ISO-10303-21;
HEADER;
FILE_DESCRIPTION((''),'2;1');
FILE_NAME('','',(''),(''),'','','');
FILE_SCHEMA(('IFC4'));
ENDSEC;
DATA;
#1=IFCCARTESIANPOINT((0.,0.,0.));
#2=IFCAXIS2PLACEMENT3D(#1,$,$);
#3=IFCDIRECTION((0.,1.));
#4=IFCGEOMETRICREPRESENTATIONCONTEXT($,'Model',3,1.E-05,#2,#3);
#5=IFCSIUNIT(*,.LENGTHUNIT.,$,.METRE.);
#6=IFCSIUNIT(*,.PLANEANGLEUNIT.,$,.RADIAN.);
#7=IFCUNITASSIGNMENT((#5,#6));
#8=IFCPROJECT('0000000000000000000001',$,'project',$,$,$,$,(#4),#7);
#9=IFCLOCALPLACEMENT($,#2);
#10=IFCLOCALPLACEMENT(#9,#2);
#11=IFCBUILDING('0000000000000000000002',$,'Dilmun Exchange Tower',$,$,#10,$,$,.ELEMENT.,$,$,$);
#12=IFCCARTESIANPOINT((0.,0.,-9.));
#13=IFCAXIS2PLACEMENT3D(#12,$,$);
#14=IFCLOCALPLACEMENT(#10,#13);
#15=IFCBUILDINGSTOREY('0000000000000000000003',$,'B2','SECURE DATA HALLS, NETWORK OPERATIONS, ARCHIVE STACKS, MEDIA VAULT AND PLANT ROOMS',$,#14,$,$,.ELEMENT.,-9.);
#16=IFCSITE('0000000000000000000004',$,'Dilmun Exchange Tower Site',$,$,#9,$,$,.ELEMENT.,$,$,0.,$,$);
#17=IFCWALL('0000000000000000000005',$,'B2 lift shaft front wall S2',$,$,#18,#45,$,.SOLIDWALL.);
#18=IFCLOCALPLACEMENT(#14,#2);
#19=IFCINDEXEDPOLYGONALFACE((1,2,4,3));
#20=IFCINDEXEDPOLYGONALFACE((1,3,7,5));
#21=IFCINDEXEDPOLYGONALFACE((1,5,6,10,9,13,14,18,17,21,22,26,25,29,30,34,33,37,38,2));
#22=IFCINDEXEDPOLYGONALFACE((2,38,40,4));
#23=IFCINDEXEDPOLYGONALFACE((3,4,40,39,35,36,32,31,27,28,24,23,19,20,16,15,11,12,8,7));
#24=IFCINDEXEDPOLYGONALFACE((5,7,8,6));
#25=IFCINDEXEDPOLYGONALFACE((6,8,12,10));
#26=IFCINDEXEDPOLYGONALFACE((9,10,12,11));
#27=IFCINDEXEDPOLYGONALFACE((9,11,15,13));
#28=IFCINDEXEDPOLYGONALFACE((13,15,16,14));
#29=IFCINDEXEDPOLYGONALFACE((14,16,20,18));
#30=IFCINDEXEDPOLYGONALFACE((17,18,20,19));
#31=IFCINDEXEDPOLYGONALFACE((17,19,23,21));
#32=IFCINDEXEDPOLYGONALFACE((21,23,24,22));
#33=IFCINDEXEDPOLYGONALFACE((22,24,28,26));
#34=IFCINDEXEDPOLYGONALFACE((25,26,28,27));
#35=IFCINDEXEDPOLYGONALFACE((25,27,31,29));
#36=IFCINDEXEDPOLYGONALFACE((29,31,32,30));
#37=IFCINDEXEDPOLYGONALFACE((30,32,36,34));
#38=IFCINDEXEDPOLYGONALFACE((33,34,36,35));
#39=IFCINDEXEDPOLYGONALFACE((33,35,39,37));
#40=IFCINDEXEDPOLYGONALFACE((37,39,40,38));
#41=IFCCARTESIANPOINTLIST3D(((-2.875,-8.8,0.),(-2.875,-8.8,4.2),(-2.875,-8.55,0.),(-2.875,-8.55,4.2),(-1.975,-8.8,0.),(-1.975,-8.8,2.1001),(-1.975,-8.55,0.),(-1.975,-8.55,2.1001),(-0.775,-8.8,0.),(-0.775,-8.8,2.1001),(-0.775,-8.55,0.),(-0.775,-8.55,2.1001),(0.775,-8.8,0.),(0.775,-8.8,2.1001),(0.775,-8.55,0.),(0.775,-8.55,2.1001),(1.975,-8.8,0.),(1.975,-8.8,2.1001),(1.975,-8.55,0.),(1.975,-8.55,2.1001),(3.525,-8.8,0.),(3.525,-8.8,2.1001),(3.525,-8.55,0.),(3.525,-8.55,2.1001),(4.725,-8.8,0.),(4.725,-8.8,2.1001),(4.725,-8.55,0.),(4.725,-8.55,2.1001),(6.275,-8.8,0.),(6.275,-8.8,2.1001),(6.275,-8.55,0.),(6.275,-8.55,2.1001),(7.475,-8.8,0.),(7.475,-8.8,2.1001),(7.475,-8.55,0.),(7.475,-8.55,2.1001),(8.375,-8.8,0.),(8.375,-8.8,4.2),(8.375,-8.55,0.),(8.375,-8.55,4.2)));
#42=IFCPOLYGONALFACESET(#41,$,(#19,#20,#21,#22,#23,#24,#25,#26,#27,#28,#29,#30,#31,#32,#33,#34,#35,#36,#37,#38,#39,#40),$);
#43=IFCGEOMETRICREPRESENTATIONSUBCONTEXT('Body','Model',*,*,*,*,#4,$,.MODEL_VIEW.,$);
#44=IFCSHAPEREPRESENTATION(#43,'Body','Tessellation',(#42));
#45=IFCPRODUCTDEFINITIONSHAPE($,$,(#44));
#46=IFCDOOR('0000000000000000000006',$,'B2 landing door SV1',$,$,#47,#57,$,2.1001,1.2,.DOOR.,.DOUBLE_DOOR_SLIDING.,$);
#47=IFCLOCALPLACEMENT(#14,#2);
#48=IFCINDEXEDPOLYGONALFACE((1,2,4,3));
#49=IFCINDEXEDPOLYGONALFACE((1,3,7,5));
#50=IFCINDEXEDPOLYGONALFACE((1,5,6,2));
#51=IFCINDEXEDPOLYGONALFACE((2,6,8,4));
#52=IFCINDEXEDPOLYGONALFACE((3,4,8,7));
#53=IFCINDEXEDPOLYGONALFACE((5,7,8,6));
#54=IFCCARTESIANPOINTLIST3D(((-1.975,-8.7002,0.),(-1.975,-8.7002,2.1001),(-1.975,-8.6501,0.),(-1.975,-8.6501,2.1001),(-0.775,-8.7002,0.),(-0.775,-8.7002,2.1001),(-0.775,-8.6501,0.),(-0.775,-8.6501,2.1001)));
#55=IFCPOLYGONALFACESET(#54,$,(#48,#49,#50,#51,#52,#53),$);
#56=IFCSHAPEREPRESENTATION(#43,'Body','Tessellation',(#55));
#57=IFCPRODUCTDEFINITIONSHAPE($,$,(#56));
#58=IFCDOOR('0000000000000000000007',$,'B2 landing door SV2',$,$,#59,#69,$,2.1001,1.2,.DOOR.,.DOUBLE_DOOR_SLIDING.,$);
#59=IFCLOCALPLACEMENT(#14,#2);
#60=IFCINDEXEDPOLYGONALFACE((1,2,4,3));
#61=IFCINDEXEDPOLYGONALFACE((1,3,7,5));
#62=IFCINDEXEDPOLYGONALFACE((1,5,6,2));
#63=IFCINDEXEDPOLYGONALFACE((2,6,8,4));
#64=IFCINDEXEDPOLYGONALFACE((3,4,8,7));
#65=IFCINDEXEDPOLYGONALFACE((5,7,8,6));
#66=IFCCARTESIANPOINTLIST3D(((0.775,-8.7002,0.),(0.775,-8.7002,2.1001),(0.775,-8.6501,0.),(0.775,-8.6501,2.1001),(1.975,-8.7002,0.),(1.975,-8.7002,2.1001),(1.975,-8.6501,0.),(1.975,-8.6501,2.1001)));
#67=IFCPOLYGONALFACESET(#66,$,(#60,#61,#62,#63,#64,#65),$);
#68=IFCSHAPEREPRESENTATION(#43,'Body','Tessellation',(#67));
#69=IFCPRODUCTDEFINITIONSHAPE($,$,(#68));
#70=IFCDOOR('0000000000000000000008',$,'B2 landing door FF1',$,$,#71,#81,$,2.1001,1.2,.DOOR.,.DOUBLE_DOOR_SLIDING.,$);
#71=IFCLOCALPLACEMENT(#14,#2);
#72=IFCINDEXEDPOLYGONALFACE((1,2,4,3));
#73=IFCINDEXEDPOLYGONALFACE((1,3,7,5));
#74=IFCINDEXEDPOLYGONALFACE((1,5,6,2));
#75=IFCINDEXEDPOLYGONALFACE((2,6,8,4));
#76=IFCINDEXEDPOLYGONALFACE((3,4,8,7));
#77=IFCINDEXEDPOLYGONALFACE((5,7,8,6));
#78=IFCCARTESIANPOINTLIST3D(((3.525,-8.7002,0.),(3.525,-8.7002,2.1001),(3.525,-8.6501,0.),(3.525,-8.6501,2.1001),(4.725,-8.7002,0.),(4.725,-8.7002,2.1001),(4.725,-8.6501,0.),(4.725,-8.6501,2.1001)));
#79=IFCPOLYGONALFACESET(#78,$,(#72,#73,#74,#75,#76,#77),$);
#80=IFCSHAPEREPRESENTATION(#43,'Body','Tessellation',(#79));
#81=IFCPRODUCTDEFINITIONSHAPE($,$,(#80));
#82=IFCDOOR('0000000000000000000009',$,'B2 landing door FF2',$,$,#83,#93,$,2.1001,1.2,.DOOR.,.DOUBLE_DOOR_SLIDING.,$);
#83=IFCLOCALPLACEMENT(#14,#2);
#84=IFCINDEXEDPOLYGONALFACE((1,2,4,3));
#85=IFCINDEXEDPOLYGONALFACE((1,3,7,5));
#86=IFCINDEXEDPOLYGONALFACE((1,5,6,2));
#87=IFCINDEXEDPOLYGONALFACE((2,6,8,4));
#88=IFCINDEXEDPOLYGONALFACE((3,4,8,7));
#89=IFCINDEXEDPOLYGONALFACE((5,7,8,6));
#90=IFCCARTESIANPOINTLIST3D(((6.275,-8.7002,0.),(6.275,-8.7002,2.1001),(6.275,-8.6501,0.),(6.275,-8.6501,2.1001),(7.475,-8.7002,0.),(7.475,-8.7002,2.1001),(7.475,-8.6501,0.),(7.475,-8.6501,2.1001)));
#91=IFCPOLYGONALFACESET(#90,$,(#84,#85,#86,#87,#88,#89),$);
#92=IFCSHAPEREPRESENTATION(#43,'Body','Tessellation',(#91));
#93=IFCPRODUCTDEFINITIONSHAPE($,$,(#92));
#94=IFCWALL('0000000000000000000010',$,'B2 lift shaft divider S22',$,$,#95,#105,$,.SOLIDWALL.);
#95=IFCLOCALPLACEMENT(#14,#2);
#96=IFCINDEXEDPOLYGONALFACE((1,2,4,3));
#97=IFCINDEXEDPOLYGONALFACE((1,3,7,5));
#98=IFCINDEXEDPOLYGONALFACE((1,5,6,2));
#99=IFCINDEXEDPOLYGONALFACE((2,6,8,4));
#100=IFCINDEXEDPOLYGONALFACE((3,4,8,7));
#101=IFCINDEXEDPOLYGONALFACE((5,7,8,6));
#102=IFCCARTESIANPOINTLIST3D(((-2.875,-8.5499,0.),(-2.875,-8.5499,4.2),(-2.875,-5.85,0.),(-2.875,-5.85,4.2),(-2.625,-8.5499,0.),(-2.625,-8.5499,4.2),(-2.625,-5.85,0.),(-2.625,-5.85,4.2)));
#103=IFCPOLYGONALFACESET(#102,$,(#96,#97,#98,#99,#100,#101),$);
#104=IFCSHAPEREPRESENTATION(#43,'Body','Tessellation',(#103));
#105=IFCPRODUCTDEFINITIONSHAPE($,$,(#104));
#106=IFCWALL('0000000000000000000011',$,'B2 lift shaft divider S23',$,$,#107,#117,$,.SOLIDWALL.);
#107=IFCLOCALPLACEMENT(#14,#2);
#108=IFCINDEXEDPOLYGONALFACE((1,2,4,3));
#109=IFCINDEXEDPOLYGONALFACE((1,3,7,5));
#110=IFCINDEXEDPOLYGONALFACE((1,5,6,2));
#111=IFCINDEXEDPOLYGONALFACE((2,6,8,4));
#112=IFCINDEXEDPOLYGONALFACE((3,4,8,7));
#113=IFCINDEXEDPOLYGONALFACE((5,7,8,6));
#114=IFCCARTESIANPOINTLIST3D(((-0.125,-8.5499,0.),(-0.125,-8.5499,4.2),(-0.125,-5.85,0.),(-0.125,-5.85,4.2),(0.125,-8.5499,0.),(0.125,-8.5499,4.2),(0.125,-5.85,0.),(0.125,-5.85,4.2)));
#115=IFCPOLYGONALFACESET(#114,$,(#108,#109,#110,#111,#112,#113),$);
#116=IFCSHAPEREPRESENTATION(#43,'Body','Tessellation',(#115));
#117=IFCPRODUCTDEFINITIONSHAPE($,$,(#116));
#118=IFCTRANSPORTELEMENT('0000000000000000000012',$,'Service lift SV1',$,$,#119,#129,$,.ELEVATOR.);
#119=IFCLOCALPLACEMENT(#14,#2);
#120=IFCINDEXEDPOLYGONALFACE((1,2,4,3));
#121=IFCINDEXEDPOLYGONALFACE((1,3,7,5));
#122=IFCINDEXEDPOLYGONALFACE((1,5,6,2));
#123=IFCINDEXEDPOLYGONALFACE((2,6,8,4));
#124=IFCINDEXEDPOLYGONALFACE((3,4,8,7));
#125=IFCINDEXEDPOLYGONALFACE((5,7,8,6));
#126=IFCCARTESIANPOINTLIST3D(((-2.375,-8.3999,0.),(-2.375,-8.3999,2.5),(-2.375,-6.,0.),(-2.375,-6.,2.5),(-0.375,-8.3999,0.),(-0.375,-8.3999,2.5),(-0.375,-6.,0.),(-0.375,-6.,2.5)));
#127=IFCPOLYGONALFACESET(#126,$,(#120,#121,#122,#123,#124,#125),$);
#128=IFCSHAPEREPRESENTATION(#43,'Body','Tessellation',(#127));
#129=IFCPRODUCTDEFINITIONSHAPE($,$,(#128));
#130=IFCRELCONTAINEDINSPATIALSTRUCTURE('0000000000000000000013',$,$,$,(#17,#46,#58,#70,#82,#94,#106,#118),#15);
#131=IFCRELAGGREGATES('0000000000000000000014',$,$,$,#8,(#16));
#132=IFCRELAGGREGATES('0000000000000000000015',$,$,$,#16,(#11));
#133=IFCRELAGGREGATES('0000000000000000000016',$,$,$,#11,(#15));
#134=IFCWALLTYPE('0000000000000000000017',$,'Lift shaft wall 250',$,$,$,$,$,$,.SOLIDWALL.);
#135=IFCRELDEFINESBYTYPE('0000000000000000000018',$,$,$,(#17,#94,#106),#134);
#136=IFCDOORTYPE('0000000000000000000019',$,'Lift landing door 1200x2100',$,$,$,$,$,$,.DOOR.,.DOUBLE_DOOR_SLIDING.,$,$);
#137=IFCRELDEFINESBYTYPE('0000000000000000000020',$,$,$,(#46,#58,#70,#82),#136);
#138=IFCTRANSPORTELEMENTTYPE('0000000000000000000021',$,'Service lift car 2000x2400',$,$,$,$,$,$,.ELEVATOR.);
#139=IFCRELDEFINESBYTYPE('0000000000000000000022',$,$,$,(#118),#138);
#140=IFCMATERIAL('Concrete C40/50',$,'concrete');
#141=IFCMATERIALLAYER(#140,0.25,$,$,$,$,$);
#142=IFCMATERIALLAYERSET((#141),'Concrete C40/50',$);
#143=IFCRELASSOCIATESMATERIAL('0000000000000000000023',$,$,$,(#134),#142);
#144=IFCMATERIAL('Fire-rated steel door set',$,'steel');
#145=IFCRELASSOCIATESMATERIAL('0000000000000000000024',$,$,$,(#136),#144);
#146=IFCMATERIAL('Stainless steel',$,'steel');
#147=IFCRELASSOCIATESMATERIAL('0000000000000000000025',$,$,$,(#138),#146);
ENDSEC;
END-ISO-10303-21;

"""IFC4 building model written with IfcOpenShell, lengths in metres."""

from ifc_helpers import new_model, si_unit, direction, frame, frame_2d, origin, origin_2d, place, context, subcontext, project, spatial, rectangle, extrude, material, layer, layer_set, type_object, element, fill, save


model = new_model("IFC4")

# Units and contexts
model_context = context("Model", 3, precision=1e-05, world=origin(), true_north=direction((0.0, 1.0)))
body_context = subcontext(model_context, "Body", "Model", "MODEL_VIEW")
ifc_project = project(units=[si_unit("LENGTHUNIT", "METRE"), si_unit("PLANEANGLEUNIT", "RADIAN")], contexts=[model_context])

# Site, building, storey
site_placement = place(None, origin())
site = spatial("IfcSite", under=ifc_project, at=site_placement, Name="Dilmun Exchange Tower Site", CompositionType="ELEMENT", RefElevation=0.0)
building_placement = place(site_placement, origin())
building = spatial("IfcBuilding", under=site, at=building_placement, Name="Dilmun Exchange Tower", CompositionType="ELEMENT")
storey_placement = place(building_placement, frame((0.0, 0.0, -9.0)))
storey = spatial("IfcBuildingStorey", under=building, at=storey_placement, Name="B2", Description="SECURE DATA HALLS, NETWORK OPERATIONS, ARCHIVE STACKS, MEDIA VAULT AND PLANT ROOMS", CompositionType="ELEMENT", Elevation=-9.0)

# Shared definitions
ifc_material_1 = material(Name="Concrete C40/50", Category="concrete")

# Shared definitions
ifc_material_2 = material(Name="Fire-rated steel door set", Category="steel")

# Wall, openings, doors
ifc_layer_1 = layer(ifc_material_1, 0.25)
ifc_layer_set_1 = layer_set([ifc_layer_1], Name="Concrete C40/50")
wall_type_1 = type_object("IfcWallType", Name="Lift shaft wall 250", PredefinedType="SOLIDWALL", material=ifc_layer_set_1)
wall_1_placement = place(storey_placement, frame((-2.875, -8.675, 0.0), z_axis=(0.0, 0.0, 1.0), x_axis=(1.0, 0.0, 0.0)))
wall_1 = element("IfcWall", 1, at=wall_1_placement, inside=storey, type_object=wall_type_1, Name="B2 lift shaft front wall S2", PredefinedType="SOLIDWALL", context=body_context, shape_type="SweptSolid", body=[
    extrude(rectangle(XDim=11.25, YDim=0.25, at=frame_2d((5.625, 0.0))), origin(), (0.0, 0.0, 1.0), 4.2),
])
opening_1_placement = place(wall_1_placement, frame((0.8999, 0.0, 0.0)))
opening_1 = element("IfcOpeningElement", 2, at=opening_1_placement, cuts=wall_1, PredefinedType="OPENING", context=body_context, shape_type="SweptSolid", body=[
    extrude(rectangle(XDim=1.2, YDim=2.1001, at=frame_2d((0.6001, 1.05))), frame((0.0, 0.135, 0.0), z_axis=(0.0, -1.0, 0.0), x_axis=(1.0, 0.0, 0.0)), (0.0, 0.0, 1.0), 0.27),
])
opening_2_placement = place(wall_1_placement, frame((3.6499, 0.0, 0.0)))
opening_2 = element("IfcOpeningElement", 3, at=opening_2_placement, cuts=wall_1, PredefinedType="OPENING", context=body_context, shape_type="SweptSolid", body=[
    extrude(rectangle(XDim=1.2, YDim=2.1001, at=frame_2d((0.6001, 1.05))), frame((0.0, 0.135, 0.0), z_axis=(0.0, -1.0, 0.0), x_axis=(1.0, 0.0, 0.0)), (0.0, 0.0, 1.0), 0.27),
])
opening_3_placement = place(wall_1_placement, frame((6.3999, 0.0, 0.0)))
opening_3 = element("IfcOpeningElement", 4, at=opening_3_placement, cuts=wall_1, PredefinedType="OPENING", context=body_context, shape_type="SweptSolid", body=[
    extrude(rectangle(XDim=1.2, YDim=2.1001, at=frame_2d((0.6001, 1.05))), frame((0.0, 0.135, 0.0), z_axis=(0.0, -1.0, 0.0), x_axis=(1.0, 0.0, 0.0)), (0.0, 0.0, 1.0), 0.27),
])
opening_4_placement = place(wall_1_placement, frame((9.1499, 0.0, 0.0)))
opening_4 = element("IfcOpeningElement", 5, at=opening_4_placement, cuts=wall_1, PredefinedType="OPENING", context=body_context, shape_type="SweptSolid", body=[
    extrude(rectangle(XDim=1.2, YDim=2.1001, at=frame_2d((0.6001, 1.05))), frame((0.0, 0.135, 0.0), z_axis=(0.0, -1.0, 0.0), x_axis=(1.0, 0.0, 0.0)), (0.0, 0.0, 1.0), 0.27),
])
door_type_1 = type_object("IfcDoorType", Name="Lift landing door 1200x2100", OperationType="DOUBLE_DOOR_SLIDING", PredefinedType="DOOR", material=ifc_material_2)
door_1_placement = place(opening_1_placement, origin())
door_1 = element("IfcDoor", 6, at=door_1_placement, inside=storey, type_object=door_type_1, Name="B2 landing door SV1", OperationType="DOUBLE_DOOR_SLIDING", OverallHeight=2.1001, OverallWidth=1.2, PredefinedType="DOOR", context=body_context, shape_type="SweptSolid", body=[
    extrude(rectangle(XDim=1.2, YDim=2.1001, at=frame_2d((0.6001, 1.05))), frame((0.0, 0.0249, 0.0), z_axis=(0.0, -1.0, 0.0), x_axis=(1.0, 0.0, 0.0)), (0.0, 0.0, 1.0), 0.05),
])
fill(opening_1, door_1)
door_2_placement = place(opening_2_placement, origin())
door_2 = element("IfcDoor", 7, at=door_2_placement, inside=storey, type_object=door_type_1, Name="B2 landing door SV2", OperationType="DOUBLE_DOOR_SLIDING", OverallHeight=2.1001, OverallWidth=1.2, PredefinedType="DOOR", context=body_context, shape_type="SweptSolid", body=[
    extrude(rectangle(XDim=1.2, YDim=2.1001, at=frame_2d((0.6001, 1.05))), frame((0.0, 0.0249, 0.0), z_axis=(0.0, -1.0, 0.0), x_axis=(1.0, 0.0, 0.0)), (0.0, 0.0, 1.0), 0.05),
])
fill(opening_2, door_2)
door_3_placement = place(opening_3_placement, origin())
door_3 = element("IfcDoor", 8, at=door_3_placement, inside=storey, type_object=door_type_1, Name="B2 landing door FF1", OperationType="DOUBLE_DOOR_SLIDING", OverallHeight=2.1001, OverallWidth=1.2, PredefinedType="DOOR", context=body_context, shape_type="SweptSolid", body=[
    extrude(rectangle(XDim=1.2, YDim=2.1001, at=frame_2d((0.6001, 1.05))), frame((0.0, 0.0249, 0.0), z_axis=(0.0, -1.0, 0.0), x_axis=(1.0, 0.0, 0.0)), (0.0, 0.0, 1.0), 0.05),
])
fill(opening_3, door_3)
door_4_placement = place(opening_4_placement, origin())
door_4 = element("IfcDoor", 9, at=door_4_placement, inside=storey, type_object=door_type_1, Name="B2 landing door FF2", OperationType="DOUBLE_DOOR_SLIDING", OverallHeight=2.1001, OverallWidth=1.2, PredefinedType="DOOR", context=body_context, shape_type="SweptSolid", body=[
    extrude(rectangle(XDim=1.2, YDim=2.1001, at=frame_2d((0.6001, 1.05))), frame((0.0, 0.0249, 0.0), z_axis=(0.0, -1.0, 0.0), x_axis=(1.0, 0.0, 0.0)), (0.0, 0.0, 1.0), 0.05),
])
fill(opening_4, door_4)

# Walls
for number, where, z_axis, x_axis, name in (
    (10, (-2.75, -8.55, 0.0), (0.0, 0.0, 1.0), (0.0, 1.0, 0.0), "B2 lift shaft divider S22"),
    (11, (0.0, -8.55, 0.0), (0.0, 0.0, 1.0), (0.0, 1.0, 0.0), "B2 lift shaft divider S23"),
):
    element("IfcWall", number, at=place(storey_placement, frame(where, z_axis=z_axis, x_axis=x_axis)), inside=storey, type_object=wall_type_1, Name=name, PredefinedType="SOLIDWALL", context=body_context, shape_type="SweptSolid", body=[
        extrude(rectangle(XDim=2.7, YDim=0.25, at=frame_2d((1.3501, 0.0))), origin(), (0.0, 0.0, 1.0), 4.2),
    ])

# Transport element
ifc_material_3 = material(Name="Stainless steel", Category="steel")
transport_element_type = type_object("IfcTransportElementType", Name="Service lift car 2000x2400", PredefinedType="ELEVATOR", material=ifc_material_3)
transport_element_placement = place(storey_placement, frame((-1.375, -7.2, 0.0), z_axis=(0.0, 0.0, 1.0), x_axis=(1.0, 0.0, 0.0)))
element("IfcTransportElement", 12, at=transport_element_placement, inside=storey, type_object=transport_element_type, Name="Service lift SV1", PredefinedType="ELEVATOR", context=body_context, shape_type="SweptSolid", body=[
    extrude(rectangle(XDim=2.0, YDim=2.3999, at=origin_2d()), origin(), (0.0, 0.0, 1.0), 2.5),
])

save(model, "model.ifc")
